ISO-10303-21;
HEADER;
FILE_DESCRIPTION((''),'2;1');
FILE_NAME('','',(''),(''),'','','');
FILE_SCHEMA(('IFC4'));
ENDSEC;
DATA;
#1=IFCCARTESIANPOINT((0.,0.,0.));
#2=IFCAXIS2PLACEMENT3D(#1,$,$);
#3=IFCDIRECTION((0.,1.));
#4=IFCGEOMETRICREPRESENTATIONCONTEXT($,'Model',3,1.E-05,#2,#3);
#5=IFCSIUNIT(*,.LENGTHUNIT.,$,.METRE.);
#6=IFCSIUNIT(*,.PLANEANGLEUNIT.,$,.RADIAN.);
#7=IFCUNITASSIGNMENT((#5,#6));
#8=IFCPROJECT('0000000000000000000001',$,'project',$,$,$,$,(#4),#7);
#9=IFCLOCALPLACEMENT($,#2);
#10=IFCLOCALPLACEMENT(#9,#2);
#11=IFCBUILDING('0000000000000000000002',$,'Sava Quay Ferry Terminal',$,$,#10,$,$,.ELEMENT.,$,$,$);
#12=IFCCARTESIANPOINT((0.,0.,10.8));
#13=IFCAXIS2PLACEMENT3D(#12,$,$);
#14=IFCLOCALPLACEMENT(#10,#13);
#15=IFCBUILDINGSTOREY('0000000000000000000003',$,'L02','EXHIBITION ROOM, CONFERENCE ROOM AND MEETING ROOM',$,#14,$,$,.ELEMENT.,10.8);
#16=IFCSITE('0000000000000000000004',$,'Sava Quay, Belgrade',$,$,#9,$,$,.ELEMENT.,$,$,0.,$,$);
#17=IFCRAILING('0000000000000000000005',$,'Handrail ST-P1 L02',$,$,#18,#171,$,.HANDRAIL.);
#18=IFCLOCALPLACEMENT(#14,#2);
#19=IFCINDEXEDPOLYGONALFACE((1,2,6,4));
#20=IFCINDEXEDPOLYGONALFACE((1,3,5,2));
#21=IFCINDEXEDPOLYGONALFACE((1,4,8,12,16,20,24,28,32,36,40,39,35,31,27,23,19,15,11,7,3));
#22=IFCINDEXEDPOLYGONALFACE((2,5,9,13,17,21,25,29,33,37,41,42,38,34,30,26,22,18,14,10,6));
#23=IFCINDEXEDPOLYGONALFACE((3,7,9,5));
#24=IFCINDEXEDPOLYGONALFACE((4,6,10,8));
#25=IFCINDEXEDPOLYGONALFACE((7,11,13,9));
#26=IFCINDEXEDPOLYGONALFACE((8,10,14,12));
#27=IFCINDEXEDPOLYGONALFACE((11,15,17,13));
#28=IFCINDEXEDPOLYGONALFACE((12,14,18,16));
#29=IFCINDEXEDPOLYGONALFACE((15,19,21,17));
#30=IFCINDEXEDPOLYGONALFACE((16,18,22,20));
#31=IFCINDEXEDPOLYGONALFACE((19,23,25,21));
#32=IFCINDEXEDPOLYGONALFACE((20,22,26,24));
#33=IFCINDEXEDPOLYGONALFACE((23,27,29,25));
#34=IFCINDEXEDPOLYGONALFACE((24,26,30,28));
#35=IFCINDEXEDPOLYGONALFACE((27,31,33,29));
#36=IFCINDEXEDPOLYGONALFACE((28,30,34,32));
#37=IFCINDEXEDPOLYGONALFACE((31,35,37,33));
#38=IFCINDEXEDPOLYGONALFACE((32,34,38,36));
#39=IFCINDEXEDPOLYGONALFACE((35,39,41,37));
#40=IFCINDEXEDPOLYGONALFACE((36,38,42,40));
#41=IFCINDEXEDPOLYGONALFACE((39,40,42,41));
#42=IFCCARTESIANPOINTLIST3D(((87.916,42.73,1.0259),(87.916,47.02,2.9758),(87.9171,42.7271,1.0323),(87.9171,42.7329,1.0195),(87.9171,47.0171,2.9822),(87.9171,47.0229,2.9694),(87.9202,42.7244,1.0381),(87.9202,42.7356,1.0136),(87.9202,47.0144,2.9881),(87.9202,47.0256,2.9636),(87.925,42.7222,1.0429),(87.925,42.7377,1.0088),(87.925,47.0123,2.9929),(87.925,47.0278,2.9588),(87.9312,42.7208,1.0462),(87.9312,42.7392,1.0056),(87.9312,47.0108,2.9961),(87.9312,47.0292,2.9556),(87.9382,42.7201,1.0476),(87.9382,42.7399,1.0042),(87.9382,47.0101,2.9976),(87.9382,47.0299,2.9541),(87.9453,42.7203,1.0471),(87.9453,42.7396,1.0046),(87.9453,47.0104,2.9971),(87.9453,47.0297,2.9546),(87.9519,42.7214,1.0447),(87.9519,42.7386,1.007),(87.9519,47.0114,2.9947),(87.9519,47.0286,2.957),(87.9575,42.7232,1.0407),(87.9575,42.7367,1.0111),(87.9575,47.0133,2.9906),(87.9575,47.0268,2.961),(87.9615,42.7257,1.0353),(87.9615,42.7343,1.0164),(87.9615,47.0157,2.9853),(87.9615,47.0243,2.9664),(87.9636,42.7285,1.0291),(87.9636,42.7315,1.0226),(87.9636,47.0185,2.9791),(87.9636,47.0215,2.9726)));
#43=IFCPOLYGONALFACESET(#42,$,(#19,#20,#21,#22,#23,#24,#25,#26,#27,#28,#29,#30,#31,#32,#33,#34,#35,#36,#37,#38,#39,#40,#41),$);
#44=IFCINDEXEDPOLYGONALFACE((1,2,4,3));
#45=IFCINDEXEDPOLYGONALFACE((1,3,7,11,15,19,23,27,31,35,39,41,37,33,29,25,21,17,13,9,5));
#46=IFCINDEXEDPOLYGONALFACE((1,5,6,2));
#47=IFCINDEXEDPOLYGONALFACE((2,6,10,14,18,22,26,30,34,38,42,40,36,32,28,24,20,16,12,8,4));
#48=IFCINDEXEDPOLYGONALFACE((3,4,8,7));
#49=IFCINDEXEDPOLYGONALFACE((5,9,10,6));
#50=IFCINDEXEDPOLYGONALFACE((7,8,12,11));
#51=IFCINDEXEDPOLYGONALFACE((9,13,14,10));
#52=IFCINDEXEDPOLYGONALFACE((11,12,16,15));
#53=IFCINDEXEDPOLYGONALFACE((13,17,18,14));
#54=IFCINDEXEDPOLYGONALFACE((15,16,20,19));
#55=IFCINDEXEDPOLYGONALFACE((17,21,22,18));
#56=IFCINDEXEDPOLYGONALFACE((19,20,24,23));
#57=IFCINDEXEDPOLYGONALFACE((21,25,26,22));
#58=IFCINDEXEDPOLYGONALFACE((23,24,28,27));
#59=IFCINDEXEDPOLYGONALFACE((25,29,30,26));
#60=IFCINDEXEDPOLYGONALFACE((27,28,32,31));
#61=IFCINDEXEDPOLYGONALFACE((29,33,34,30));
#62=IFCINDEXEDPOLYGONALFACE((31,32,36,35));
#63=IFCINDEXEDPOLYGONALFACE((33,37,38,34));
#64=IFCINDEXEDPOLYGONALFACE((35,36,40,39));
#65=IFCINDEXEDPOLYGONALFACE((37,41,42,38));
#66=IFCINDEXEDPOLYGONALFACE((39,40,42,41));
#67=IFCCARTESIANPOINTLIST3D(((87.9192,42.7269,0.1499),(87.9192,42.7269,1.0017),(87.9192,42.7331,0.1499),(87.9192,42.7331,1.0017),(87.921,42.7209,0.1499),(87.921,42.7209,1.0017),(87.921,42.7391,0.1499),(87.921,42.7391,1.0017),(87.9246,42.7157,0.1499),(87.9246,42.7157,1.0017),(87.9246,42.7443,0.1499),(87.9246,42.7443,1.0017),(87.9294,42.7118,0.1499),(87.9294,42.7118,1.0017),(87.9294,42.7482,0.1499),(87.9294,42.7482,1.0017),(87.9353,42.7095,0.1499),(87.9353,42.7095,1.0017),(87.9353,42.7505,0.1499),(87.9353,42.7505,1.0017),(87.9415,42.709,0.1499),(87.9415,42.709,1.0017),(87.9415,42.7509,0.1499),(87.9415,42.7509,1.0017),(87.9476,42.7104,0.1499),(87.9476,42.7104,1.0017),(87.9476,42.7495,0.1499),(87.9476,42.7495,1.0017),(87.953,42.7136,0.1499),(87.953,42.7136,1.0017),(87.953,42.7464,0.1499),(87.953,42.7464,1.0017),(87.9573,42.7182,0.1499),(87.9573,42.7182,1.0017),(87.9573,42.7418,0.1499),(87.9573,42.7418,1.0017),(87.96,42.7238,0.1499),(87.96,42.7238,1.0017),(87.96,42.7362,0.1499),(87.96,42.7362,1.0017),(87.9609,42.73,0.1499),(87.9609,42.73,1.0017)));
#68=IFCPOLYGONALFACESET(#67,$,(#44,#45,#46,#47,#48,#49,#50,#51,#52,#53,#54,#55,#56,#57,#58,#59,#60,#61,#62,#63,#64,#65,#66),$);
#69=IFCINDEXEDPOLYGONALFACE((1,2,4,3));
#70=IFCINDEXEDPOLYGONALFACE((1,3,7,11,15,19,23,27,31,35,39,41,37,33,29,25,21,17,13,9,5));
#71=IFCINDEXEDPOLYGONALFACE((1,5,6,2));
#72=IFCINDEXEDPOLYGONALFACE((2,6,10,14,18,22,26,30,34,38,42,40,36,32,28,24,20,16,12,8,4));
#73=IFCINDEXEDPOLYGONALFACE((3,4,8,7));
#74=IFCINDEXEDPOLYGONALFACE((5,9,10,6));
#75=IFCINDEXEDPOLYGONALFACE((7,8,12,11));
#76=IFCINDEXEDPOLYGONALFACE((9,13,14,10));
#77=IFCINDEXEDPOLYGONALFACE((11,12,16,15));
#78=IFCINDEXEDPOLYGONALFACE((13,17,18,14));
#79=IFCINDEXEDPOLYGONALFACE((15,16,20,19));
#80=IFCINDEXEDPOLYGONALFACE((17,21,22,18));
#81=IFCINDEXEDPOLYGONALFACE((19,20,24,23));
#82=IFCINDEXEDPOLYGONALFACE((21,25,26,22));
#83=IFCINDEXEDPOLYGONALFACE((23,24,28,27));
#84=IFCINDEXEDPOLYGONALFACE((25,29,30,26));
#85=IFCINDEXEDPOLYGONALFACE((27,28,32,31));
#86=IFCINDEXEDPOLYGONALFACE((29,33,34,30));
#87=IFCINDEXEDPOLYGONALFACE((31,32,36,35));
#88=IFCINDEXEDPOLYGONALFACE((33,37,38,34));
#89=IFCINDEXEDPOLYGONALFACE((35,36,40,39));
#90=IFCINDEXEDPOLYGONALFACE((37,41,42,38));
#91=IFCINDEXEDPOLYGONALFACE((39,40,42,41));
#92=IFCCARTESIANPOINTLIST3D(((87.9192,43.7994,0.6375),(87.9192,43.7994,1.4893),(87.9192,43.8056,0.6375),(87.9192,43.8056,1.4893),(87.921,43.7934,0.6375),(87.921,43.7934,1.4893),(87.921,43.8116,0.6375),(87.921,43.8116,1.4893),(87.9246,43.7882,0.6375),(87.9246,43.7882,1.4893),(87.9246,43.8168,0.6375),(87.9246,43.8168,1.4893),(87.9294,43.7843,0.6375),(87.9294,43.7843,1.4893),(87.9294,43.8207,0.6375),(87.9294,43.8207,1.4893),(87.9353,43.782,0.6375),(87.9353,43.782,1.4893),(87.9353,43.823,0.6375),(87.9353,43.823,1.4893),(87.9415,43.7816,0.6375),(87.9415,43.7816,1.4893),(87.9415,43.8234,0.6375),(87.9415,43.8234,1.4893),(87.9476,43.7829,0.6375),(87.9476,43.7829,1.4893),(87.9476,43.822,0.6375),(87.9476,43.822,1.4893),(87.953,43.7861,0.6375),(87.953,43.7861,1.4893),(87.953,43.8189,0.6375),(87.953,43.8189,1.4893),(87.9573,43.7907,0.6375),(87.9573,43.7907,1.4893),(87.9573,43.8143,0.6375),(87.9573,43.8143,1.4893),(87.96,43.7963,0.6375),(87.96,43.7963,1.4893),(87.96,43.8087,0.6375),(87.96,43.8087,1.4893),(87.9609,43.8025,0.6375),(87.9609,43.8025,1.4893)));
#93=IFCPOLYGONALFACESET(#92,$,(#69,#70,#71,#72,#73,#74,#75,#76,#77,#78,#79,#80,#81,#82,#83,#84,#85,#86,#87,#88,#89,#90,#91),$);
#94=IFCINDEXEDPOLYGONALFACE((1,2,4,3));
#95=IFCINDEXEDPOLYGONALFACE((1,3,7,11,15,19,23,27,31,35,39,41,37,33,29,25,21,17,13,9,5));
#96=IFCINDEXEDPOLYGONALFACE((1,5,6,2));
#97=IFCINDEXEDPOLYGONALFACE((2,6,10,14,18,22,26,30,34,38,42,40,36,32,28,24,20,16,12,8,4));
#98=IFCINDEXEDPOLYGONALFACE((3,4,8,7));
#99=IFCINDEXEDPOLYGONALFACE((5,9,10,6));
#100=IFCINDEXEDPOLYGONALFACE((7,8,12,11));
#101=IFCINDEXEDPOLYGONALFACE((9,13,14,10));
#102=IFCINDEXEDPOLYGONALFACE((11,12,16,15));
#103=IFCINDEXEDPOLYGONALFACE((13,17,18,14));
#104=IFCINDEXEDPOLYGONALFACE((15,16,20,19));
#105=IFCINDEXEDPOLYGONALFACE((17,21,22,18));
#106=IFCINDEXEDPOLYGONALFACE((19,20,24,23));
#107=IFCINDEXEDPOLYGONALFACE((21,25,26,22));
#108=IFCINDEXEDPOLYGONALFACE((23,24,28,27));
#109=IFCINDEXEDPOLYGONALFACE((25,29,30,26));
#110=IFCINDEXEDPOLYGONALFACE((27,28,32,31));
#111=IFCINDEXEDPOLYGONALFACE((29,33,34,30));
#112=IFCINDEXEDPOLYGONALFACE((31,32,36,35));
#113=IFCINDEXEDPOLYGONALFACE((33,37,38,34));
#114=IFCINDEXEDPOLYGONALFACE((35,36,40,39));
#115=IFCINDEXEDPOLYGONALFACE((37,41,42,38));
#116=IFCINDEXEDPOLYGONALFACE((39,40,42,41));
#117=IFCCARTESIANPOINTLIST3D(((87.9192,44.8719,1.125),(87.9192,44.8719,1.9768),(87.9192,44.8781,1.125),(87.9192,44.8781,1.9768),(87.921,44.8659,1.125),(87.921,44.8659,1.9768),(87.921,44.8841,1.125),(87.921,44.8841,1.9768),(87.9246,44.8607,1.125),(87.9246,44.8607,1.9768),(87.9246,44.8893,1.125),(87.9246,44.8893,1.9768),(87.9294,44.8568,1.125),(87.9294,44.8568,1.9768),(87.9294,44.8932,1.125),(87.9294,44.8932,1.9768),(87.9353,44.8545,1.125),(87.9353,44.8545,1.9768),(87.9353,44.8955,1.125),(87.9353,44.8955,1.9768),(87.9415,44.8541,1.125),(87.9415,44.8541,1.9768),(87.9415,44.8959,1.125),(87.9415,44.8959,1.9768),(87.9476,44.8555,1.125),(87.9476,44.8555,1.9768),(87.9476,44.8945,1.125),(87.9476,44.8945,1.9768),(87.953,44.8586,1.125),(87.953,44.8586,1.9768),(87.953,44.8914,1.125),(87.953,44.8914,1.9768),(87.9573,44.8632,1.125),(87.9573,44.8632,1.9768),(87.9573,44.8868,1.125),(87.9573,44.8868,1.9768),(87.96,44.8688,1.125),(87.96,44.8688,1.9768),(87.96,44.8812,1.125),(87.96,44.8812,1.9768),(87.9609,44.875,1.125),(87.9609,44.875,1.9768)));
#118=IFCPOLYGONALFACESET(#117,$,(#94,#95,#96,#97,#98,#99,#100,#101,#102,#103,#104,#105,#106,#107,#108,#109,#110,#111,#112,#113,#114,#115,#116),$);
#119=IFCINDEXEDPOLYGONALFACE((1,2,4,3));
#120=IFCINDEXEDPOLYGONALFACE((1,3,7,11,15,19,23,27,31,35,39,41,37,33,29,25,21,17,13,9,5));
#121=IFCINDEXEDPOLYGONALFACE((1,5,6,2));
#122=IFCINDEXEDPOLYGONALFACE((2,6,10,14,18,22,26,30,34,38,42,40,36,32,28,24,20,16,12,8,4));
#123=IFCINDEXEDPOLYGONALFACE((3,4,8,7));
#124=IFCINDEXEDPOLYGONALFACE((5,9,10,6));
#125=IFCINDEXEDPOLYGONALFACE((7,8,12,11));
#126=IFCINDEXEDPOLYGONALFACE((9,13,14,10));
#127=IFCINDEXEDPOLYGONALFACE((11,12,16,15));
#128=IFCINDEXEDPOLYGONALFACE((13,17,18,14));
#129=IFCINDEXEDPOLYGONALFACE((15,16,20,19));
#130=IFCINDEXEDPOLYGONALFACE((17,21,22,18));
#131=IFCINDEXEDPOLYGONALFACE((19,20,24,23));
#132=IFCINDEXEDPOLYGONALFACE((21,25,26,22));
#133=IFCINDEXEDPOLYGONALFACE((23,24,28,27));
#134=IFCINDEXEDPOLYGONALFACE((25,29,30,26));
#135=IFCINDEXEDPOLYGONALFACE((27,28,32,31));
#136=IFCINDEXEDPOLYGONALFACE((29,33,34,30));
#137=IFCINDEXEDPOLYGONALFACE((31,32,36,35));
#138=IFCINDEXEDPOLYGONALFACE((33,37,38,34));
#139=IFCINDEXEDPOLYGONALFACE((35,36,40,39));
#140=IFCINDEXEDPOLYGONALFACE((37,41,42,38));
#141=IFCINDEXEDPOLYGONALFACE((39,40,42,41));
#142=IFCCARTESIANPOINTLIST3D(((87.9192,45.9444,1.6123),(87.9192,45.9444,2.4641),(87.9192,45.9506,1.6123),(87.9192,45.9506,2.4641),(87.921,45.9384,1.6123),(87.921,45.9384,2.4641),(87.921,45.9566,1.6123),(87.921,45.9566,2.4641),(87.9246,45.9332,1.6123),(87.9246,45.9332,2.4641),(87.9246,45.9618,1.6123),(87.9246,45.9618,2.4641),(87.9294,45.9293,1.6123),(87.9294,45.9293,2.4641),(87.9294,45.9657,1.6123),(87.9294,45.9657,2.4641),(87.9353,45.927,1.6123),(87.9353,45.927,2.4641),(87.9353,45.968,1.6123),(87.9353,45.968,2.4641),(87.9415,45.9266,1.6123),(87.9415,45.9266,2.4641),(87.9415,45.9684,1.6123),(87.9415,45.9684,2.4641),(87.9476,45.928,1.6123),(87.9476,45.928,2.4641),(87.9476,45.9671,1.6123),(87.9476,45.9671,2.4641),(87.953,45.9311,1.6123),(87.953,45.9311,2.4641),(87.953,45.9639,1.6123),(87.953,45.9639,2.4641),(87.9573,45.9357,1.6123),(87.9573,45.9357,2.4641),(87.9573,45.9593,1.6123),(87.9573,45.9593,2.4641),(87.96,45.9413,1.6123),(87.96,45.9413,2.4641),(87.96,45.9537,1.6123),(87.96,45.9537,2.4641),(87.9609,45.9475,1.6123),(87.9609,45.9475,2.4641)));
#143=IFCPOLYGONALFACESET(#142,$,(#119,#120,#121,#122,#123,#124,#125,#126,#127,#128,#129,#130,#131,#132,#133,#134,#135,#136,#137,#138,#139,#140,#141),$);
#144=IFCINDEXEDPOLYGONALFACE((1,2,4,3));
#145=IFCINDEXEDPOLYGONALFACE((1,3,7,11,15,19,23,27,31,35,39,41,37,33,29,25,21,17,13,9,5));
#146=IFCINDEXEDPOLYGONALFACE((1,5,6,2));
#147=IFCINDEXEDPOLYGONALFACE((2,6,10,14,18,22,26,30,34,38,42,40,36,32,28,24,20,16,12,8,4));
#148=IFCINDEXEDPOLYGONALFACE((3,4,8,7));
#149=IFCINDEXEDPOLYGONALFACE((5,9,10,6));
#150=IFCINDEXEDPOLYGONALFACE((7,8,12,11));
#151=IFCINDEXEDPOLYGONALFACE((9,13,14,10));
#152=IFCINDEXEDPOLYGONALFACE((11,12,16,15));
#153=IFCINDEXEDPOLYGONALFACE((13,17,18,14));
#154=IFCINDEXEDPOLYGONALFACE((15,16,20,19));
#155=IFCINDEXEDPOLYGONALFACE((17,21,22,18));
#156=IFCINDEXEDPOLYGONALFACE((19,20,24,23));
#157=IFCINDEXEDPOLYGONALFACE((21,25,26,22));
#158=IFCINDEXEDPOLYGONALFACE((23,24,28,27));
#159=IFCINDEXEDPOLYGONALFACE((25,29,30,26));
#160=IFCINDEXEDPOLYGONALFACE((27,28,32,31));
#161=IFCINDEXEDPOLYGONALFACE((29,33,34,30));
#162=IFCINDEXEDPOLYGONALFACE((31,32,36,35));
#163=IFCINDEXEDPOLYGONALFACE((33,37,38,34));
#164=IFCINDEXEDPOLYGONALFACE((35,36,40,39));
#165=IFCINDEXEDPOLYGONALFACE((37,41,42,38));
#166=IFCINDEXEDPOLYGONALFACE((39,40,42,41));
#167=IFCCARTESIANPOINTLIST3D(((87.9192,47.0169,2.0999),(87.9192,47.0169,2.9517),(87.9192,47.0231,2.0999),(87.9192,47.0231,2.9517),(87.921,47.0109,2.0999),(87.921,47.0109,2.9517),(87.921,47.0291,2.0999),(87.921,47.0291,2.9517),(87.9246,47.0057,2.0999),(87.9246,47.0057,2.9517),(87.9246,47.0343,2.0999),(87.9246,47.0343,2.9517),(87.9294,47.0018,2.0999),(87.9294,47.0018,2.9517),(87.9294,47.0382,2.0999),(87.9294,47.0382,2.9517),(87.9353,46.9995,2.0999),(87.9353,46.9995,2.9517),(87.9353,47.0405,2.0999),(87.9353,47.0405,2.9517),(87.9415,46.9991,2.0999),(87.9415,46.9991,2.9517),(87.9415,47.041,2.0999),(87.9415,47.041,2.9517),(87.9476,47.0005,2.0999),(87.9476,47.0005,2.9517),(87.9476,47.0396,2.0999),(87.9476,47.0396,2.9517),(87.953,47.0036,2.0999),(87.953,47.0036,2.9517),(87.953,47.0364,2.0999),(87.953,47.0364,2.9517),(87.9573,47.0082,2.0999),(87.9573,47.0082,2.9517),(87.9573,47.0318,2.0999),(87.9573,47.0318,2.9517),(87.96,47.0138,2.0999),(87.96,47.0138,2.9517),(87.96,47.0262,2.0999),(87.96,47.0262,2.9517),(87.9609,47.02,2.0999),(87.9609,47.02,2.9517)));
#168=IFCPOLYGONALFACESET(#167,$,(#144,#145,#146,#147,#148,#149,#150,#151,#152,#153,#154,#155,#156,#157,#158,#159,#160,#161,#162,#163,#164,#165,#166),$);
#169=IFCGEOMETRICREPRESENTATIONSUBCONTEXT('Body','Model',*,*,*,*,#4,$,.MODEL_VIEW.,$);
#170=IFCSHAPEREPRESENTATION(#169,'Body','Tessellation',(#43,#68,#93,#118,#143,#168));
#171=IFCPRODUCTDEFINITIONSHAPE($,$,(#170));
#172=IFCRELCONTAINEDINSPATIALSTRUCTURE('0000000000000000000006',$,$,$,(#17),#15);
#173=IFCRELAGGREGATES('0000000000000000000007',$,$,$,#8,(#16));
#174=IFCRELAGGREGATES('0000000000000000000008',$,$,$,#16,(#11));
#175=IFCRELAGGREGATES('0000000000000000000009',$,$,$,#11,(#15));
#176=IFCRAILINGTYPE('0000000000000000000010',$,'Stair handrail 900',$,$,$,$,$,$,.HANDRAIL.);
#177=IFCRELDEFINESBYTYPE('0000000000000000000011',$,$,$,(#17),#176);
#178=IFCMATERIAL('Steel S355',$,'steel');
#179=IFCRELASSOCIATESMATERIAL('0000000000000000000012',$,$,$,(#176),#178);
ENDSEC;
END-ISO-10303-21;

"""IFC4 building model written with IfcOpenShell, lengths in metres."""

from ifc_helpers import new_model, si_unit, direction, frame, origin, origin_2d, place, context, subcontext, project, spatial, circle, extrude, material, type_object, element, save


model = new_model("IFC4")

# Units and contexts
model_context = context("Model", 3, precision=1e-05, world=origin(), true_north=direction((0.0, 1.0)))
body_context = subcontext(model_context, "Body", "Model", "MODEL_VIEW")
ifc_project = project(units=[si_unit("LENGTHUNIT", "METRE"), si_unit("PLANEANGLEUNIT", "RADIAN")], contexts=[model_context])

# Site, building, storey
site_placement = place(None, origin())
site = spatial("IfcSite", under=ifc_project, at=site_placement, Name="Sava Quay, Belgrade", CompositionType="ELEMENT", RefElevation=0.0)
building_placement = place(site_placement, origin())
building = spatial("IfcBuilding", under=site, at=building_placement, Name="Sava Quay Ferry Terminal", CompositionType="ELEMENT")
storey_placement = place(building_placement, frame((0.0, 0.0, 10.8)))
storey = spatial("IfcBuildingStorey", under=building, at=storey_placement, Name="L02", Description="EXHIBITION ROOM, CONFERENCE ROOM AND MEETING ROOM", CompositionType="ELEMENT", Elevation=10.8)

# Railing
ifc_material_1 = material(Name="Steel S355", Category="steel")
railing_type_1 = type_object("IfcRailingType", Name="Stair handrail 900", PredefinedType="HANDRAIL", material=ifc_material_1)
railing_1_placement = place(storey_placement, frame((87.9399, 42.73, 0.1499)))
element("IfcRailing", 1, at=railing_1_placement, inside=storey, type_object=railing_type_1, Name="Handrail ST-P1 L02", PredefinedType="HANDRAIL", context=body_context, shape_type="SweptSolid", body=[
    extrude(circle(Radius=0.0239, at=origin_2d()), frame((0.0, 0.0, 0.876), z_axis=(0.0, 0.910372, 0.413791), x_axis=(-1.0, 0.0, 0.0)), (0.0, 0.0, 1.0), 4.7124),
    extrude(circle(Radius=0.021, at=origin_2d()), origin(), (0.0, 0.0, 1.0), 0.8518),
    extrude(circle(Radius=0.021, at=origin_2d()), frame((0.0, 1.0725, 0.4875)), (0.0, 0.0, 1.0), 0.8518),
    extrude(circle(Radius=0.021, at=origin_2d()), frame((0.0, 2.145, 0.9751)), (0.0, 0.0, 1.0), 0.8518),
    extrude(circle(Radius=0.021, at=origin_2d()), frame((0.0, 3.2175, 1.4624)), (0.0, 0.0, 1.0), 0.8518),
    extrude(circle(Radius=0.021, at=origin_2d()), frame((0.0, 4.29, 1.95)), (0.0, 0.0, 1.0), 0.8518),
])

save(model, "model.ifc")
